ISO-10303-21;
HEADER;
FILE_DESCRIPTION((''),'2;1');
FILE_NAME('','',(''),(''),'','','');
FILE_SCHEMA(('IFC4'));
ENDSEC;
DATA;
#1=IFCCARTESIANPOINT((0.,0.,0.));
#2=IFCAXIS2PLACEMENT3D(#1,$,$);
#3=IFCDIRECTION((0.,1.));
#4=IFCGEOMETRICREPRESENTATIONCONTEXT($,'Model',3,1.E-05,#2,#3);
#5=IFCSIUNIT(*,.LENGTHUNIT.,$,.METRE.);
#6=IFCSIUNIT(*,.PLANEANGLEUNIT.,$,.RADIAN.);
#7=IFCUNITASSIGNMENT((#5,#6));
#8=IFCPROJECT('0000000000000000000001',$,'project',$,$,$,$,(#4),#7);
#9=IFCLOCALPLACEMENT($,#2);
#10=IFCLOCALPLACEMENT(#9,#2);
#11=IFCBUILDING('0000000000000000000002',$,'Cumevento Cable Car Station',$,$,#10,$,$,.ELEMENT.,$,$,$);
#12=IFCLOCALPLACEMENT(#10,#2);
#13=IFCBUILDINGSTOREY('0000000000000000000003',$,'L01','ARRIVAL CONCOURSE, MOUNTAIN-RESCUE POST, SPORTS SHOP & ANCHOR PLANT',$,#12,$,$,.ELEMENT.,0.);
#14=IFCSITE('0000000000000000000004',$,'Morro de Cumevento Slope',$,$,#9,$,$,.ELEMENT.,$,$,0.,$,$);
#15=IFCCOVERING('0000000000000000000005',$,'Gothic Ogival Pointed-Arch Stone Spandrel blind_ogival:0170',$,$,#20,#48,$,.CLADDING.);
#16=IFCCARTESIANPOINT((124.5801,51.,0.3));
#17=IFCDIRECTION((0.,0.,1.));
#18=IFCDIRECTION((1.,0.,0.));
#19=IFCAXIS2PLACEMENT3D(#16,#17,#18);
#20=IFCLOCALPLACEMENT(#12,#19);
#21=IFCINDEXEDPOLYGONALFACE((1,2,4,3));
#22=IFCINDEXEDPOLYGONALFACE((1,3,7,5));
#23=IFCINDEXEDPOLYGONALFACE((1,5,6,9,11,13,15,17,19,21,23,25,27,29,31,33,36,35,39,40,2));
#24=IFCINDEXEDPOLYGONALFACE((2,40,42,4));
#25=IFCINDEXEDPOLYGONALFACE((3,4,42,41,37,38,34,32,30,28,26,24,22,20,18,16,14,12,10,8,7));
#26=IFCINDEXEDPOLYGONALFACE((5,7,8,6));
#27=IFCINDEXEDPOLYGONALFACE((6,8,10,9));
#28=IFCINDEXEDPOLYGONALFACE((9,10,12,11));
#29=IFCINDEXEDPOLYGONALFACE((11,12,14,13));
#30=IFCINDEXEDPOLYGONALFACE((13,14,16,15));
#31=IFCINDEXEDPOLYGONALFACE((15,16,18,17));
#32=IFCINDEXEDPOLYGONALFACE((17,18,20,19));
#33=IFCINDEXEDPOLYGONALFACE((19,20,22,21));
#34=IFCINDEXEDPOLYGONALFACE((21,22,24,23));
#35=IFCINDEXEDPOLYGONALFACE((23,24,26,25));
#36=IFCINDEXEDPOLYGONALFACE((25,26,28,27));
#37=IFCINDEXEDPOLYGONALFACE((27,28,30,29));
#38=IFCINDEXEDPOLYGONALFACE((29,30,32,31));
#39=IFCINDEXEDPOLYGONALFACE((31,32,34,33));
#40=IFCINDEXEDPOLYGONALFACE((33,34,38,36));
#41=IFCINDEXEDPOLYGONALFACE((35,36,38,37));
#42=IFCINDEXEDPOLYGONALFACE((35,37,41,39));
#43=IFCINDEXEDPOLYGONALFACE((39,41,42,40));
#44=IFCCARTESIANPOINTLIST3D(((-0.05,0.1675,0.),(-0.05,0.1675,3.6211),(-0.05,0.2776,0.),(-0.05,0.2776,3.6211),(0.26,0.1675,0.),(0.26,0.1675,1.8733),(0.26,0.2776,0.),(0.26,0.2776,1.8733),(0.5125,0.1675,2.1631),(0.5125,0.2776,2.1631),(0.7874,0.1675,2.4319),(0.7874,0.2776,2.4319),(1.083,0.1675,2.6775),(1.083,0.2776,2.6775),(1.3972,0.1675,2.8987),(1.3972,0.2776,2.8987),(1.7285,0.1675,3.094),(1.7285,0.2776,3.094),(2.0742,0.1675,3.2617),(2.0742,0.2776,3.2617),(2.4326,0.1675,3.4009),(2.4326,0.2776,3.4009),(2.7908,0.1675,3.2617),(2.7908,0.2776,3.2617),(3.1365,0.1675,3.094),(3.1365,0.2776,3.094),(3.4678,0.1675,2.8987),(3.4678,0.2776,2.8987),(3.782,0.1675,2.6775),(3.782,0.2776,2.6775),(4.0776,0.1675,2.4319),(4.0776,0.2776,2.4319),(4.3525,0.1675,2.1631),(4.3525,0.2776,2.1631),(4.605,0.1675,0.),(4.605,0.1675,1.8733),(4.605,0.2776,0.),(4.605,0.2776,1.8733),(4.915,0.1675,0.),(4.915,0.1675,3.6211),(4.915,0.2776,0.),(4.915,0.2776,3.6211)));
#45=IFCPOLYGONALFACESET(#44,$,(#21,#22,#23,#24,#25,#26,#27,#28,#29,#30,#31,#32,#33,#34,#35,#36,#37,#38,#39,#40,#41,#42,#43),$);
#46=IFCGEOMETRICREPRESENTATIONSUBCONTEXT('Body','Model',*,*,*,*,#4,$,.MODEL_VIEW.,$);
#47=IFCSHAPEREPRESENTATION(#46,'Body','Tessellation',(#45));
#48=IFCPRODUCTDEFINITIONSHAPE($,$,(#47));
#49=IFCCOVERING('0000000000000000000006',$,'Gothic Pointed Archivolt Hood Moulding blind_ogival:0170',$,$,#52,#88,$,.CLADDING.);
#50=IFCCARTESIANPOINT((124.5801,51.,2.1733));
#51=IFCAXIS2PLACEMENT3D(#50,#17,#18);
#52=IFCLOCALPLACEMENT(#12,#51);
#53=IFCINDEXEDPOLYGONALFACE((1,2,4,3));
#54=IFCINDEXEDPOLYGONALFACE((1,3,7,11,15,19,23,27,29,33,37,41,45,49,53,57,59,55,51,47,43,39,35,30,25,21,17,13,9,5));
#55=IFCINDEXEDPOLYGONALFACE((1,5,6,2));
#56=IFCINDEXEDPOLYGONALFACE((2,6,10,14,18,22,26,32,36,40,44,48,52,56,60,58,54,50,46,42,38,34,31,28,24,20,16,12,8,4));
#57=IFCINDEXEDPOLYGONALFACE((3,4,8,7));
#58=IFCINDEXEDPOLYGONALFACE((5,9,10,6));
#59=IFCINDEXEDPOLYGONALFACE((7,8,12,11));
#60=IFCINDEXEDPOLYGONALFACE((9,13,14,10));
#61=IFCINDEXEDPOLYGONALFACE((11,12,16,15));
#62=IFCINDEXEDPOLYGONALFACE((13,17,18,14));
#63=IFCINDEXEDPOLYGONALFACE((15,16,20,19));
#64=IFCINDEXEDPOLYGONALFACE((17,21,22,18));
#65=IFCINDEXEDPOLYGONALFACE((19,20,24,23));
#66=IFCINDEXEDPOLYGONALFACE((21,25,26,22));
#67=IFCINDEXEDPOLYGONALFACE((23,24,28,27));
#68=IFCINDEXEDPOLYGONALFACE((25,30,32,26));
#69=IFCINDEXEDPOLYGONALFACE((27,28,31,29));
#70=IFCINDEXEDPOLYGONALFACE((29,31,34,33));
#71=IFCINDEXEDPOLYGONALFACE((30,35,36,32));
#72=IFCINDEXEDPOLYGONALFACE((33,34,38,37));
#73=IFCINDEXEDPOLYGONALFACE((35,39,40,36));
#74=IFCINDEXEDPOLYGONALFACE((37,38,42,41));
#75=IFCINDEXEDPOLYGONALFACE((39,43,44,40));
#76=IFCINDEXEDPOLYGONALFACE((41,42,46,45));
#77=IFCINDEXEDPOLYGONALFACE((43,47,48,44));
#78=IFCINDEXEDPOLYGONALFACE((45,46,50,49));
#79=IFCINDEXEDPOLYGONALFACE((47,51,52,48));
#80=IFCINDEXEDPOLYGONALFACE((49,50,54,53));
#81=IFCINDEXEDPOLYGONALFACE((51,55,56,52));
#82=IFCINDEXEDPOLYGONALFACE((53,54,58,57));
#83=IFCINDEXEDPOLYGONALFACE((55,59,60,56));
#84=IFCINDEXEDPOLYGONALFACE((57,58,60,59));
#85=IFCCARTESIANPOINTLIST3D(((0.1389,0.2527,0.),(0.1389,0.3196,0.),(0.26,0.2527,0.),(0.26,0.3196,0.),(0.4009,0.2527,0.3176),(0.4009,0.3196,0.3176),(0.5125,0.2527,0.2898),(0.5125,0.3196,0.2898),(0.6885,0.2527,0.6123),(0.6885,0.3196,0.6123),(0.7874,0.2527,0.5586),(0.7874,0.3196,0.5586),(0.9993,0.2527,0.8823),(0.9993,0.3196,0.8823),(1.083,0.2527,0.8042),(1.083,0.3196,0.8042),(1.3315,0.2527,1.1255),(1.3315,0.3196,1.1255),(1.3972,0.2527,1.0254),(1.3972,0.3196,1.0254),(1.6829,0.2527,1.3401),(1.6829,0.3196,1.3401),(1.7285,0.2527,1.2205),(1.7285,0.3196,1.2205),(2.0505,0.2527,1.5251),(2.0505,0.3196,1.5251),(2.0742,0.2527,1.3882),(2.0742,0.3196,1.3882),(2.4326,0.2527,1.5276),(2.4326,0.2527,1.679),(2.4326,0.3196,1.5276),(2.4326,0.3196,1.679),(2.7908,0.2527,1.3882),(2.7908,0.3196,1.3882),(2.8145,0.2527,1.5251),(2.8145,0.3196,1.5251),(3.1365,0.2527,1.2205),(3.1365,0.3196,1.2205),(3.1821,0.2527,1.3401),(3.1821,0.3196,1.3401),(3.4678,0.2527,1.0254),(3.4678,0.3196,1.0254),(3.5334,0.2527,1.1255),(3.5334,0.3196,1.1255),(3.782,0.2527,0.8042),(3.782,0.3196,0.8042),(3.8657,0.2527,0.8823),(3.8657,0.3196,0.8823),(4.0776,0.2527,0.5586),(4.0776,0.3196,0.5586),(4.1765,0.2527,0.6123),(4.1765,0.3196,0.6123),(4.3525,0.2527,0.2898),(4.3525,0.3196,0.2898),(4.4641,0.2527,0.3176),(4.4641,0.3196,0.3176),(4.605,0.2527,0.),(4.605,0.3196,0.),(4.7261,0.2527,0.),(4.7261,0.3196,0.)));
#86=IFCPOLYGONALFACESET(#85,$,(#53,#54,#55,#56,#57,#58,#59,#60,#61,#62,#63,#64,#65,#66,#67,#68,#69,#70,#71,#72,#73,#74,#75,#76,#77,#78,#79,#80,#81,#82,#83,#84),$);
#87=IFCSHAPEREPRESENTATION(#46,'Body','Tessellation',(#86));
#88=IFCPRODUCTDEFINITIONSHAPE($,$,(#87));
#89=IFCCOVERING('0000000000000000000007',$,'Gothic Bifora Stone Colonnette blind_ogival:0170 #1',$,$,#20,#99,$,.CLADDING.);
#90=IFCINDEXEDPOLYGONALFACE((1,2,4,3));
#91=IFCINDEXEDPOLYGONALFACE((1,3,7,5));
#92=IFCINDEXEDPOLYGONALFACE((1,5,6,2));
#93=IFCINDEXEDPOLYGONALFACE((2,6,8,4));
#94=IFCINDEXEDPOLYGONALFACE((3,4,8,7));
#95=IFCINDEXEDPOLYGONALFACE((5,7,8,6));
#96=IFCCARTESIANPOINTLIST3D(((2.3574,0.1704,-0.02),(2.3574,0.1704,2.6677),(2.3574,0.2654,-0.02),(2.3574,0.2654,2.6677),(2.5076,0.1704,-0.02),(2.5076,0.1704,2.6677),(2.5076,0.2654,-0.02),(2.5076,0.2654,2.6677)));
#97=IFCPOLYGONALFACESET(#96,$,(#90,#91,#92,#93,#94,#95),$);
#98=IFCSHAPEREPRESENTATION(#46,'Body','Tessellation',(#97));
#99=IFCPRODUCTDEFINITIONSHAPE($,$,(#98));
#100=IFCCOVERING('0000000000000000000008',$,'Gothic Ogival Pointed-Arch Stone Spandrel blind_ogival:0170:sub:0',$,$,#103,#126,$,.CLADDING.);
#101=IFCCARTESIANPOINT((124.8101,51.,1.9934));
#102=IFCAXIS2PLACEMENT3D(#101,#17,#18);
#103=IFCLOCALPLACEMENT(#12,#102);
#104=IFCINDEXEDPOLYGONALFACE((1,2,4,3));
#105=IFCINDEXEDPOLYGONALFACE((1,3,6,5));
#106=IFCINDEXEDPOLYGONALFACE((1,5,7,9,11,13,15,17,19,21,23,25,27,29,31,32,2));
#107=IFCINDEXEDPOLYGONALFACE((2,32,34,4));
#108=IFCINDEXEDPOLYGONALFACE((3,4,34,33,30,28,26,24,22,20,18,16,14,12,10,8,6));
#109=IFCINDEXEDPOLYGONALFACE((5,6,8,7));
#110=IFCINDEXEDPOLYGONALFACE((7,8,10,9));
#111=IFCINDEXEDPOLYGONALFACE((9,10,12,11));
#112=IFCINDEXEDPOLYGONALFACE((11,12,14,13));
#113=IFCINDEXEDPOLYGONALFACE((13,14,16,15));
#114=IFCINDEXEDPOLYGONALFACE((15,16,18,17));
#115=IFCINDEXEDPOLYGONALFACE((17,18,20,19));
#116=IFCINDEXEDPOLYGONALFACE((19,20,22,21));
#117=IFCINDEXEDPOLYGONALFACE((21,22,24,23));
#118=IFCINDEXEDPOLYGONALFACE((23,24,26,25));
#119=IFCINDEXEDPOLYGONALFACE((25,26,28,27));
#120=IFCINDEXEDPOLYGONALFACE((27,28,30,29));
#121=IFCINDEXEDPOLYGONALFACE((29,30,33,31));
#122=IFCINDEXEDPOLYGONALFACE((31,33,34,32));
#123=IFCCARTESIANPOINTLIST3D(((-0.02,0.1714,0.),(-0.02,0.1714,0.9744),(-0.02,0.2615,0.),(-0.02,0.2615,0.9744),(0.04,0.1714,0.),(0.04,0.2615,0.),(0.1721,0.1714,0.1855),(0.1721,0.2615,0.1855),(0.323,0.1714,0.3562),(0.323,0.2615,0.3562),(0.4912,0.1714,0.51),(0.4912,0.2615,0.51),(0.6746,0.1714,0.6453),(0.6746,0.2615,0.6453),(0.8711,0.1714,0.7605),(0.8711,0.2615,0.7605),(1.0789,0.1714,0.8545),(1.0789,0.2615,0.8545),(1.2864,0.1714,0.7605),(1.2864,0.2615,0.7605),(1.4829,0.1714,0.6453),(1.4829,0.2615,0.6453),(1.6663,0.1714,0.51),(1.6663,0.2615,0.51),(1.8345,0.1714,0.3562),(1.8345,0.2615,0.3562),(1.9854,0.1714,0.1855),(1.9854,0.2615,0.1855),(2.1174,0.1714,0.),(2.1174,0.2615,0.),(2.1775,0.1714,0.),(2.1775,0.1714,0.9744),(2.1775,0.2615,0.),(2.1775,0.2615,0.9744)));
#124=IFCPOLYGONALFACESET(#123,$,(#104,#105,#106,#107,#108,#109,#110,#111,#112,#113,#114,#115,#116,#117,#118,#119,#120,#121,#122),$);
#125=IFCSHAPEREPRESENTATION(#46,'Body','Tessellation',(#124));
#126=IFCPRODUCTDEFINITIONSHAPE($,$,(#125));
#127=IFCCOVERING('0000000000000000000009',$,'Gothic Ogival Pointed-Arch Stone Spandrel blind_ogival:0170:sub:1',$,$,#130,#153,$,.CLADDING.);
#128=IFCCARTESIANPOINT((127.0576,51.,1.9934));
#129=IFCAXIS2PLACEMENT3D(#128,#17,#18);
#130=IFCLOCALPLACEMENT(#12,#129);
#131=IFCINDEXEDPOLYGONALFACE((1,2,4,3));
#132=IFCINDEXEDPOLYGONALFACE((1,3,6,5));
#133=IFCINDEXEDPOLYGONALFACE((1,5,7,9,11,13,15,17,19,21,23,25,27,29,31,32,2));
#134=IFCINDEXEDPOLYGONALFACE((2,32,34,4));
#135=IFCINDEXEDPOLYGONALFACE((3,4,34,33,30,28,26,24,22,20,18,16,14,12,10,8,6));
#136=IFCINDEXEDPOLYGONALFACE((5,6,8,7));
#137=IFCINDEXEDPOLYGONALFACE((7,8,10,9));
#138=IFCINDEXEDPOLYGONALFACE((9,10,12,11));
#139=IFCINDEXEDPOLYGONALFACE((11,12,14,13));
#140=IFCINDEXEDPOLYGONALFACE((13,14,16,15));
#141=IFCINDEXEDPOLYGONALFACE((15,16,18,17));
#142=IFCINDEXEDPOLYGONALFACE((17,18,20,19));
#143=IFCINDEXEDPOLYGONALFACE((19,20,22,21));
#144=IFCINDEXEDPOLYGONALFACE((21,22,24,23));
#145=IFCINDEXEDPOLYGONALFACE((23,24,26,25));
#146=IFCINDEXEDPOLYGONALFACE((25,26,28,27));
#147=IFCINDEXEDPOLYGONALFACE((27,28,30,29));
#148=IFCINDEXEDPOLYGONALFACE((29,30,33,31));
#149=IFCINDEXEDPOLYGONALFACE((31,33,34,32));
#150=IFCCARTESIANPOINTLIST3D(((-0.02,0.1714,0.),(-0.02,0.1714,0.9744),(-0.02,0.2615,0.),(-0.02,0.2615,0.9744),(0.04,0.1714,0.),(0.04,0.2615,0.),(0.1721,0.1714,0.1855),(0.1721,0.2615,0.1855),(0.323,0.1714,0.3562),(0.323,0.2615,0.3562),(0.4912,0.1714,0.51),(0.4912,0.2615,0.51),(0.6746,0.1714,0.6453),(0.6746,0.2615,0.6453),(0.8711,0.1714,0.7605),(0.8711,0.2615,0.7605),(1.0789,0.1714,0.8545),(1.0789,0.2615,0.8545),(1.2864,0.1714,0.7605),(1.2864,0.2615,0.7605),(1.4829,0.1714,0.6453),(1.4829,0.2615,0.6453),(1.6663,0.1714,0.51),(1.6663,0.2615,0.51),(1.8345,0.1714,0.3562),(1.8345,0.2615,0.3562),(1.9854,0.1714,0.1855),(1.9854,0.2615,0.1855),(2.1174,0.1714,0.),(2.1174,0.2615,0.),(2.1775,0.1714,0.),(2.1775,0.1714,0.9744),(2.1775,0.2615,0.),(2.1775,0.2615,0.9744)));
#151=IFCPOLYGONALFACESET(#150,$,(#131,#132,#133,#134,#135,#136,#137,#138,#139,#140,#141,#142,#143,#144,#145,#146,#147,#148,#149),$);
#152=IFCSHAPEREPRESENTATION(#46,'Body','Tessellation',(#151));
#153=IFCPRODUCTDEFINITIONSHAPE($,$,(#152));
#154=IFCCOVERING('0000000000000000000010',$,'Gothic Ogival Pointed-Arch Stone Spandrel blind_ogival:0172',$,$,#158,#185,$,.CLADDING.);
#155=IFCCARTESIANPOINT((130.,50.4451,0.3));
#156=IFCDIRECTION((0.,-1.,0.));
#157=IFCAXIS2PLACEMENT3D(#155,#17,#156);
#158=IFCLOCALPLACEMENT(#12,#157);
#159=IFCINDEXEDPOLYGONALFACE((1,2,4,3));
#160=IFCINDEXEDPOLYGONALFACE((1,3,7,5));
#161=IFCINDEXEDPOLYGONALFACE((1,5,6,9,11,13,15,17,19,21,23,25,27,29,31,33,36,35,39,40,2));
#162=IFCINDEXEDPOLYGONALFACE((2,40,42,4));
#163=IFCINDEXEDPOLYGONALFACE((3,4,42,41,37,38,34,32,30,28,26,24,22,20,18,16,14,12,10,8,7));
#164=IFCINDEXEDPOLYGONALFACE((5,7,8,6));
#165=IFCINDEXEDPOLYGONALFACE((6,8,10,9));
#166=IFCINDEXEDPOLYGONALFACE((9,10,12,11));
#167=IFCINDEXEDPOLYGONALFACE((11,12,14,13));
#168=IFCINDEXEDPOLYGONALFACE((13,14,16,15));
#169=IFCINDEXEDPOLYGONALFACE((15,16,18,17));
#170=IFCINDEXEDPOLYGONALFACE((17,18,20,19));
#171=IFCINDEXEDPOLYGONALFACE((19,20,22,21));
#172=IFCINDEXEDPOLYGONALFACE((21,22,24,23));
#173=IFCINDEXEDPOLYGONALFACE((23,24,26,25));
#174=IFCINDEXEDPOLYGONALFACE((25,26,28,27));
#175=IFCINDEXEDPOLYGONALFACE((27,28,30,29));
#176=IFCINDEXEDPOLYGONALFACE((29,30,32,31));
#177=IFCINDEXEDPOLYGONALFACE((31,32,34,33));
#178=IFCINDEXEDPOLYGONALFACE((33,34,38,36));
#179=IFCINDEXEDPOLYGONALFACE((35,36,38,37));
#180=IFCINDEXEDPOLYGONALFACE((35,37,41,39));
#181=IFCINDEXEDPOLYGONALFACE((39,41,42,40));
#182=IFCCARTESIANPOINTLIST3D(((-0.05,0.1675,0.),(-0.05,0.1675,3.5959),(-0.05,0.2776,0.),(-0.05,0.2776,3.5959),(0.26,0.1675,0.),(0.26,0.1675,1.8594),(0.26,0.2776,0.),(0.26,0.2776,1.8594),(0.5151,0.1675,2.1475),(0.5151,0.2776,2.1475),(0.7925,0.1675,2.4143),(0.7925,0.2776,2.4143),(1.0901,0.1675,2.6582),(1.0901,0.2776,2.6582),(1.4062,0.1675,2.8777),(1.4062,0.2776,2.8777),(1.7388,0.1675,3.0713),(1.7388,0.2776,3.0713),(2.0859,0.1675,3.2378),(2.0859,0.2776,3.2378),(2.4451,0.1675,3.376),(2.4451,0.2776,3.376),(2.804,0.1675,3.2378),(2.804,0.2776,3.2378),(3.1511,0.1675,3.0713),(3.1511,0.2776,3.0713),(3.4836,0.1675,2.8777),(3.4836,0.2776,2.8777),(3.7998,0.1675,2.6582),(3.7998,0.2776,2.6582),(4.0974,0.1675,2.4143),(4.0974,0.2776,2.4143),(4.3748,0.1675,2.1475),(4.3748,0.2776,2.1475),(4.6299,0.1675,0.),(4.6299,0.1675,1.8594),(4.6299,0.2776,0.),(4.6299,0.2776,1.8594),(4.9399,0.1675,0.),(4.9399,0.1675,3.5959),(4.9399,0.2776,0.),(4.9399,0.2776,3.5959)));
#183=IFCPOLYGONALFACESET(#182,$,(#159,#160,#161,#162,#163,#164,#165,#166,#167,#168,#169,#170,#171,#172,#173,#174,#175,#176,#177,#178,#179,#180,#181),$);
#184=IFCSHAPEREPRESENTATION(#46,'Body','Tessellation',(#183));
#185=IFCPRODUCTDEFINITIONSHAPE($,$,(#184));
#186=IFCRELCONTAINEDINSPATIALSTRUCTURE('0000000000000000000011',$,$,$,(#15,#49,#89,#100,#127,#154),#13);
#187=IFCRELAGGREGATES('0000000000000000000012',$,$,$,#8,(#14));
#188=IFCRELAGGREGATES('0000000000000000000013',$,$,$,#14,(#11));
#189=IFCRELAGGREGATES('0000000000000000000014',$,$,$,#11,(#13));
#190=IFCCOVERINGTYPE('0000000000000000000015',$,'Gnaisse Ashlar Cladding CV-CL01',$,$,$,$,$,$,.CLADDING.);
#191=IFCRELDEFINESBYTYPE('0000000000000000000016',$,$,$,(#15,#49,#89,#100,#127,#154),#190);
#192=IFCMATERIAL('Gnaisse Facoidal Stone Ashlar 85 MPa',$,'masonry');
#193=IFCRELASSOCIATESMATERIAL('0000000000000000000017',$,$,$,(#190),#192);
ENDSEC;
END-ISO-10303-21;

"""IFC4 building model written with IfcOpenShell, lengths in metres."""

from ifc_helpers import new_model, si_unit, direction, frame, origin, place, context, subcontext, project, spatial, polyline, outline, extrude, material, type_object, element, save


model = new_model("IFC4")

# Units and contexts
model_context = context("Model", 3, precision=1e-05, world=origin(), true_north=direction((0.0, 1.0)))
body_context = subcontext(model_context, "Body", "Model", "MODEL_VIEW")
ifc_project = project(units=[si_unit("LENGTHUNIT", "METRE"), si_unit("PLANEANGLEUNIT", "RADIAN")], contexts=[model_context])

# Site, building, storey
site_placement = place(None, origin())
site = spatial("IfcSite", under=ifc_project, at=site_placement, Name="Morro de Cumevento Slope", CompositionType="ELEMENT", RefElevation=0.0)
building_placement = place(site_placement, origin())
building = spatial("IfcBuilding", under=site, at=building_placement, Name="Cumevento Cable Car Station", CompositionType="ELEMENT")
storey_placement = place(building_placement, origin())
storey = spatial("IfcBuildingStorey", under=building, at=storey_placement, Name="L01", Description="ARRIVAL CONCOURSE, MOUNTAIN-RESCUE POST, SPORTS SHOP & ANCHOR PLANT", CompositionType="ELEMENT", Elevation=0.0)

# Coverings
ifc_material_1 = material(Name="Gnaisse Facoidal Stone Ashlar 85 MPa", Category="masonry")
covering_type = type_object("IfcCoveringType", Name="Gnaisse Ashlar Cladding CV-CL01", PredefinedType="CLADDING", material=ifc_material_1)
placement_1 = place(storey_placement, frame((124.5801, 51.0, 0.3), z_axis=(0.0, 0.0, 1.0), x_axis=(1.0, 0.0, 0.0)))
element("IfcCovering", 1, at=placement_1, inside=storey, type_object=covering_type, Name="Gothic Ogival Pointed-Arch Stone Spandrel blind_ogival:0170", PredefinedType="CLADDING", context=body_context, shape_type="SweptSolid", body=[
    extrude(outline(polyline([(-0.05, 0.0), (-0.05, 3.6211), (4.915, 3.6211), (4.915, 0.0), (4.605, 0.0), (4.605, 1.8733), (4.3525, 2.1631), (4.0776, 2.4319), (3.782, 2.6775), (3.4678, 2.8987), (3.1365, 3.094), (2.7908, 3.2617), (2.4326, 3.4009), (2.0742, 3.2617), (1.7285, 3.094), (1.3972, 2.8987), (1.083, 2.6775), (0.7874, 2.4319), (0.5125, 2.1631), (0.26, 1.8733), (0.26, 0.0), (-0.05, 0.0)])), frame((0.0, 0.2776, 0.0), z_axis=(0.0, -1.0, 0.0), x_axis=(1.0, 0.0, 0.0)), (0.0, 0.0, 1.0), 0.1101),
])
covering_1_placement = place(storey_placement, frame((124.5801, 51.0, 2.1733), z_axis=(0.0, 0.0, 1.0), x_axis=(1.0, 0.0, 0.0)))
element("IfcCovering", 2, at=covering_1_placement, inside=storey, type_object=covering_type, Name="Gothic Pointed Archivolt Hood Moulding blind_ogival:0170", PredefinedType="CLADDING", context=body_context, shape_type="SweptSolid", body=[
    extrude(outline(polyline([(0.26, 0.0), (0.5125, 0.2898), (0.7874, 0.5586), (1.083, 0.8042), (1.3972, 1.0254), (1.7285, 1.2205), (2.0742, 1.3882), (2.4326, 1.5276), (2.7908, 1.3882), (3.1365, 1.2205), (3.4678, 1.0254), (3.782, 0.8042), (4.0776, 0.5586), (4.3525, 0.2898), (4.605, 0.0), (4.7261, 0.0), (4.4641, 0.3176), (4.1765, 0.6123), (3.8657, 0.8823), (3.5334, 1.1255), (3.1821, 1.3401), (2.8145, 1.5251), (2.4326, 1.679), (2.0505, 1.5251), (1.6829, 1.3401), (1.3315, 1.1255), (0.9993, 0.8823), (0.6885, 0.6123), (0.4009, 0.3176), (0.1389, 0.0), (0.26, 0.0)])), frame((0.0, 0.3196, 0.0), z_axis=(0.0, -1.0, 0.0), x_axis=(1.0, 0.0, 0.0)), (0.0, 0.0, 1.0), 0.0669),
])
element("IfcCovering", 3, at=placement_1, inside=storey, type_object=covering_type, Name="Gothic Bifora Stone Colonnette blind_ogival:0170 #1", PredefinedType="CLADDING", context=body_context, shape_type="SweptSolid", body=[
    extrude(outline(polyline([(2.3574, -0.02), (2.5076, -0.02), (2.5076, 2.6677), (2.3574, 2.6677), (2.3574, -0.02)])), frame((0.0, 0.2654, 0.0), z_axis=(0.0, -1.0, 0.0), x_axis=(1.0, 0.0, 0.0)), (0.0, 0.0, 1.0), 0.095),
])
for number, where, z_axis, x_axis, name in (
    (4, (124.8101, 51.0, 1.9934), (0.0, 0.0, 1.0), (1.0, 0.0, 0.0), "Gothic Ogival Pointed-Arch Stone Spandrel blind_ogival:0170:sub:0"),
    (5, (127.0576, 51.0, 1.9934), (0.0, 0.0, 1.0), (1.0, 0.0, 0.0), "Gothic Ogival Pointed-Arch Stone Spandrel blind_ogival:0170:sub:1"),
):
    element("IfcCovering", number, at=place(storey_placement, frame(where, z_axis=z_axis, x_axis=x_axis)), inside=storey, type_object=covering_type, Name=name, PredefinedType="CLADDING", context=body_context, shape_type="SweptSolid", body=[
        extrude(outline(polyline([(-0.02, 0.0), (-0.02, 0.9744), (2.1775, 0.9744), (2.1775, 0.0), (2.1174, 0.0), (1.9854, 0.1855), (1.8345, 0.3562), (1.6663, 0.51), (1.4829, 0.6453), (1.2864, 0.7605), (1.0789, 0.8545), (0.8711, 0.7605), (0.6746, 0.6453), (0.4912, 0.51), (0.323, 0.3562), (0.1721, 0.1855), (0.04, 0.0), (-0.02, 0.0)])), frame((0.0, 0.2615, 0.0), z_axis=(0.0, -1.0, 0.0), x_axis=(1.0, 0.0, 0.0)), (0.0, 0.0, 1.0), 0.0901),
    ])
placement_2 = place(storey_placement, frame((130.0, 50.4451, 0.3), z_axis=(0.0, 0.0, 1.0), x_axis=(0.0, -1.0, 0.0)))
element("IfcCovering", 6, at=placement_2, inside=storey, type_object=covering_type, Name="Gothic Ogival Pointed-Arch Stone Spandrel blind_ogival:0172", PredefinedType="CLADDING", context=body_context, shape_type="SweptSolid", body=[
    extrude(outline(polyline([(-0.05, 0.0), (-0.05, 3.5959), (4.9399, 3.5959), (4.9399, 0.0), (4.6299, 0.0), (4.6299, 1.8594), (4.3748, 2.1475), (4.0974, 2.4143), (3.7998, 2.6582), (3.4836, 2.8777), (3.1511, 3.0713), (2.804, 3.2378), (2.4451, 3.376), (2.0859, 3.2378), (1.7388, 3.0713), (1.4062, 2.8777), (1.0901, 2.6582), (0.7925, 2.4143), (0.5151, 2.1475), (0.26, 1.8594), (0.26, 0.0), (-0.05, 0.0)])), frame((0.0, 0.2776, 0.0), z_axis=(0.0, -1.0, 0.0), x_axis=(1.0, 0.0, 0.0)), (0.0, 0.0, 1.0), 0.1101),
])

save(model, "model.ifc")
